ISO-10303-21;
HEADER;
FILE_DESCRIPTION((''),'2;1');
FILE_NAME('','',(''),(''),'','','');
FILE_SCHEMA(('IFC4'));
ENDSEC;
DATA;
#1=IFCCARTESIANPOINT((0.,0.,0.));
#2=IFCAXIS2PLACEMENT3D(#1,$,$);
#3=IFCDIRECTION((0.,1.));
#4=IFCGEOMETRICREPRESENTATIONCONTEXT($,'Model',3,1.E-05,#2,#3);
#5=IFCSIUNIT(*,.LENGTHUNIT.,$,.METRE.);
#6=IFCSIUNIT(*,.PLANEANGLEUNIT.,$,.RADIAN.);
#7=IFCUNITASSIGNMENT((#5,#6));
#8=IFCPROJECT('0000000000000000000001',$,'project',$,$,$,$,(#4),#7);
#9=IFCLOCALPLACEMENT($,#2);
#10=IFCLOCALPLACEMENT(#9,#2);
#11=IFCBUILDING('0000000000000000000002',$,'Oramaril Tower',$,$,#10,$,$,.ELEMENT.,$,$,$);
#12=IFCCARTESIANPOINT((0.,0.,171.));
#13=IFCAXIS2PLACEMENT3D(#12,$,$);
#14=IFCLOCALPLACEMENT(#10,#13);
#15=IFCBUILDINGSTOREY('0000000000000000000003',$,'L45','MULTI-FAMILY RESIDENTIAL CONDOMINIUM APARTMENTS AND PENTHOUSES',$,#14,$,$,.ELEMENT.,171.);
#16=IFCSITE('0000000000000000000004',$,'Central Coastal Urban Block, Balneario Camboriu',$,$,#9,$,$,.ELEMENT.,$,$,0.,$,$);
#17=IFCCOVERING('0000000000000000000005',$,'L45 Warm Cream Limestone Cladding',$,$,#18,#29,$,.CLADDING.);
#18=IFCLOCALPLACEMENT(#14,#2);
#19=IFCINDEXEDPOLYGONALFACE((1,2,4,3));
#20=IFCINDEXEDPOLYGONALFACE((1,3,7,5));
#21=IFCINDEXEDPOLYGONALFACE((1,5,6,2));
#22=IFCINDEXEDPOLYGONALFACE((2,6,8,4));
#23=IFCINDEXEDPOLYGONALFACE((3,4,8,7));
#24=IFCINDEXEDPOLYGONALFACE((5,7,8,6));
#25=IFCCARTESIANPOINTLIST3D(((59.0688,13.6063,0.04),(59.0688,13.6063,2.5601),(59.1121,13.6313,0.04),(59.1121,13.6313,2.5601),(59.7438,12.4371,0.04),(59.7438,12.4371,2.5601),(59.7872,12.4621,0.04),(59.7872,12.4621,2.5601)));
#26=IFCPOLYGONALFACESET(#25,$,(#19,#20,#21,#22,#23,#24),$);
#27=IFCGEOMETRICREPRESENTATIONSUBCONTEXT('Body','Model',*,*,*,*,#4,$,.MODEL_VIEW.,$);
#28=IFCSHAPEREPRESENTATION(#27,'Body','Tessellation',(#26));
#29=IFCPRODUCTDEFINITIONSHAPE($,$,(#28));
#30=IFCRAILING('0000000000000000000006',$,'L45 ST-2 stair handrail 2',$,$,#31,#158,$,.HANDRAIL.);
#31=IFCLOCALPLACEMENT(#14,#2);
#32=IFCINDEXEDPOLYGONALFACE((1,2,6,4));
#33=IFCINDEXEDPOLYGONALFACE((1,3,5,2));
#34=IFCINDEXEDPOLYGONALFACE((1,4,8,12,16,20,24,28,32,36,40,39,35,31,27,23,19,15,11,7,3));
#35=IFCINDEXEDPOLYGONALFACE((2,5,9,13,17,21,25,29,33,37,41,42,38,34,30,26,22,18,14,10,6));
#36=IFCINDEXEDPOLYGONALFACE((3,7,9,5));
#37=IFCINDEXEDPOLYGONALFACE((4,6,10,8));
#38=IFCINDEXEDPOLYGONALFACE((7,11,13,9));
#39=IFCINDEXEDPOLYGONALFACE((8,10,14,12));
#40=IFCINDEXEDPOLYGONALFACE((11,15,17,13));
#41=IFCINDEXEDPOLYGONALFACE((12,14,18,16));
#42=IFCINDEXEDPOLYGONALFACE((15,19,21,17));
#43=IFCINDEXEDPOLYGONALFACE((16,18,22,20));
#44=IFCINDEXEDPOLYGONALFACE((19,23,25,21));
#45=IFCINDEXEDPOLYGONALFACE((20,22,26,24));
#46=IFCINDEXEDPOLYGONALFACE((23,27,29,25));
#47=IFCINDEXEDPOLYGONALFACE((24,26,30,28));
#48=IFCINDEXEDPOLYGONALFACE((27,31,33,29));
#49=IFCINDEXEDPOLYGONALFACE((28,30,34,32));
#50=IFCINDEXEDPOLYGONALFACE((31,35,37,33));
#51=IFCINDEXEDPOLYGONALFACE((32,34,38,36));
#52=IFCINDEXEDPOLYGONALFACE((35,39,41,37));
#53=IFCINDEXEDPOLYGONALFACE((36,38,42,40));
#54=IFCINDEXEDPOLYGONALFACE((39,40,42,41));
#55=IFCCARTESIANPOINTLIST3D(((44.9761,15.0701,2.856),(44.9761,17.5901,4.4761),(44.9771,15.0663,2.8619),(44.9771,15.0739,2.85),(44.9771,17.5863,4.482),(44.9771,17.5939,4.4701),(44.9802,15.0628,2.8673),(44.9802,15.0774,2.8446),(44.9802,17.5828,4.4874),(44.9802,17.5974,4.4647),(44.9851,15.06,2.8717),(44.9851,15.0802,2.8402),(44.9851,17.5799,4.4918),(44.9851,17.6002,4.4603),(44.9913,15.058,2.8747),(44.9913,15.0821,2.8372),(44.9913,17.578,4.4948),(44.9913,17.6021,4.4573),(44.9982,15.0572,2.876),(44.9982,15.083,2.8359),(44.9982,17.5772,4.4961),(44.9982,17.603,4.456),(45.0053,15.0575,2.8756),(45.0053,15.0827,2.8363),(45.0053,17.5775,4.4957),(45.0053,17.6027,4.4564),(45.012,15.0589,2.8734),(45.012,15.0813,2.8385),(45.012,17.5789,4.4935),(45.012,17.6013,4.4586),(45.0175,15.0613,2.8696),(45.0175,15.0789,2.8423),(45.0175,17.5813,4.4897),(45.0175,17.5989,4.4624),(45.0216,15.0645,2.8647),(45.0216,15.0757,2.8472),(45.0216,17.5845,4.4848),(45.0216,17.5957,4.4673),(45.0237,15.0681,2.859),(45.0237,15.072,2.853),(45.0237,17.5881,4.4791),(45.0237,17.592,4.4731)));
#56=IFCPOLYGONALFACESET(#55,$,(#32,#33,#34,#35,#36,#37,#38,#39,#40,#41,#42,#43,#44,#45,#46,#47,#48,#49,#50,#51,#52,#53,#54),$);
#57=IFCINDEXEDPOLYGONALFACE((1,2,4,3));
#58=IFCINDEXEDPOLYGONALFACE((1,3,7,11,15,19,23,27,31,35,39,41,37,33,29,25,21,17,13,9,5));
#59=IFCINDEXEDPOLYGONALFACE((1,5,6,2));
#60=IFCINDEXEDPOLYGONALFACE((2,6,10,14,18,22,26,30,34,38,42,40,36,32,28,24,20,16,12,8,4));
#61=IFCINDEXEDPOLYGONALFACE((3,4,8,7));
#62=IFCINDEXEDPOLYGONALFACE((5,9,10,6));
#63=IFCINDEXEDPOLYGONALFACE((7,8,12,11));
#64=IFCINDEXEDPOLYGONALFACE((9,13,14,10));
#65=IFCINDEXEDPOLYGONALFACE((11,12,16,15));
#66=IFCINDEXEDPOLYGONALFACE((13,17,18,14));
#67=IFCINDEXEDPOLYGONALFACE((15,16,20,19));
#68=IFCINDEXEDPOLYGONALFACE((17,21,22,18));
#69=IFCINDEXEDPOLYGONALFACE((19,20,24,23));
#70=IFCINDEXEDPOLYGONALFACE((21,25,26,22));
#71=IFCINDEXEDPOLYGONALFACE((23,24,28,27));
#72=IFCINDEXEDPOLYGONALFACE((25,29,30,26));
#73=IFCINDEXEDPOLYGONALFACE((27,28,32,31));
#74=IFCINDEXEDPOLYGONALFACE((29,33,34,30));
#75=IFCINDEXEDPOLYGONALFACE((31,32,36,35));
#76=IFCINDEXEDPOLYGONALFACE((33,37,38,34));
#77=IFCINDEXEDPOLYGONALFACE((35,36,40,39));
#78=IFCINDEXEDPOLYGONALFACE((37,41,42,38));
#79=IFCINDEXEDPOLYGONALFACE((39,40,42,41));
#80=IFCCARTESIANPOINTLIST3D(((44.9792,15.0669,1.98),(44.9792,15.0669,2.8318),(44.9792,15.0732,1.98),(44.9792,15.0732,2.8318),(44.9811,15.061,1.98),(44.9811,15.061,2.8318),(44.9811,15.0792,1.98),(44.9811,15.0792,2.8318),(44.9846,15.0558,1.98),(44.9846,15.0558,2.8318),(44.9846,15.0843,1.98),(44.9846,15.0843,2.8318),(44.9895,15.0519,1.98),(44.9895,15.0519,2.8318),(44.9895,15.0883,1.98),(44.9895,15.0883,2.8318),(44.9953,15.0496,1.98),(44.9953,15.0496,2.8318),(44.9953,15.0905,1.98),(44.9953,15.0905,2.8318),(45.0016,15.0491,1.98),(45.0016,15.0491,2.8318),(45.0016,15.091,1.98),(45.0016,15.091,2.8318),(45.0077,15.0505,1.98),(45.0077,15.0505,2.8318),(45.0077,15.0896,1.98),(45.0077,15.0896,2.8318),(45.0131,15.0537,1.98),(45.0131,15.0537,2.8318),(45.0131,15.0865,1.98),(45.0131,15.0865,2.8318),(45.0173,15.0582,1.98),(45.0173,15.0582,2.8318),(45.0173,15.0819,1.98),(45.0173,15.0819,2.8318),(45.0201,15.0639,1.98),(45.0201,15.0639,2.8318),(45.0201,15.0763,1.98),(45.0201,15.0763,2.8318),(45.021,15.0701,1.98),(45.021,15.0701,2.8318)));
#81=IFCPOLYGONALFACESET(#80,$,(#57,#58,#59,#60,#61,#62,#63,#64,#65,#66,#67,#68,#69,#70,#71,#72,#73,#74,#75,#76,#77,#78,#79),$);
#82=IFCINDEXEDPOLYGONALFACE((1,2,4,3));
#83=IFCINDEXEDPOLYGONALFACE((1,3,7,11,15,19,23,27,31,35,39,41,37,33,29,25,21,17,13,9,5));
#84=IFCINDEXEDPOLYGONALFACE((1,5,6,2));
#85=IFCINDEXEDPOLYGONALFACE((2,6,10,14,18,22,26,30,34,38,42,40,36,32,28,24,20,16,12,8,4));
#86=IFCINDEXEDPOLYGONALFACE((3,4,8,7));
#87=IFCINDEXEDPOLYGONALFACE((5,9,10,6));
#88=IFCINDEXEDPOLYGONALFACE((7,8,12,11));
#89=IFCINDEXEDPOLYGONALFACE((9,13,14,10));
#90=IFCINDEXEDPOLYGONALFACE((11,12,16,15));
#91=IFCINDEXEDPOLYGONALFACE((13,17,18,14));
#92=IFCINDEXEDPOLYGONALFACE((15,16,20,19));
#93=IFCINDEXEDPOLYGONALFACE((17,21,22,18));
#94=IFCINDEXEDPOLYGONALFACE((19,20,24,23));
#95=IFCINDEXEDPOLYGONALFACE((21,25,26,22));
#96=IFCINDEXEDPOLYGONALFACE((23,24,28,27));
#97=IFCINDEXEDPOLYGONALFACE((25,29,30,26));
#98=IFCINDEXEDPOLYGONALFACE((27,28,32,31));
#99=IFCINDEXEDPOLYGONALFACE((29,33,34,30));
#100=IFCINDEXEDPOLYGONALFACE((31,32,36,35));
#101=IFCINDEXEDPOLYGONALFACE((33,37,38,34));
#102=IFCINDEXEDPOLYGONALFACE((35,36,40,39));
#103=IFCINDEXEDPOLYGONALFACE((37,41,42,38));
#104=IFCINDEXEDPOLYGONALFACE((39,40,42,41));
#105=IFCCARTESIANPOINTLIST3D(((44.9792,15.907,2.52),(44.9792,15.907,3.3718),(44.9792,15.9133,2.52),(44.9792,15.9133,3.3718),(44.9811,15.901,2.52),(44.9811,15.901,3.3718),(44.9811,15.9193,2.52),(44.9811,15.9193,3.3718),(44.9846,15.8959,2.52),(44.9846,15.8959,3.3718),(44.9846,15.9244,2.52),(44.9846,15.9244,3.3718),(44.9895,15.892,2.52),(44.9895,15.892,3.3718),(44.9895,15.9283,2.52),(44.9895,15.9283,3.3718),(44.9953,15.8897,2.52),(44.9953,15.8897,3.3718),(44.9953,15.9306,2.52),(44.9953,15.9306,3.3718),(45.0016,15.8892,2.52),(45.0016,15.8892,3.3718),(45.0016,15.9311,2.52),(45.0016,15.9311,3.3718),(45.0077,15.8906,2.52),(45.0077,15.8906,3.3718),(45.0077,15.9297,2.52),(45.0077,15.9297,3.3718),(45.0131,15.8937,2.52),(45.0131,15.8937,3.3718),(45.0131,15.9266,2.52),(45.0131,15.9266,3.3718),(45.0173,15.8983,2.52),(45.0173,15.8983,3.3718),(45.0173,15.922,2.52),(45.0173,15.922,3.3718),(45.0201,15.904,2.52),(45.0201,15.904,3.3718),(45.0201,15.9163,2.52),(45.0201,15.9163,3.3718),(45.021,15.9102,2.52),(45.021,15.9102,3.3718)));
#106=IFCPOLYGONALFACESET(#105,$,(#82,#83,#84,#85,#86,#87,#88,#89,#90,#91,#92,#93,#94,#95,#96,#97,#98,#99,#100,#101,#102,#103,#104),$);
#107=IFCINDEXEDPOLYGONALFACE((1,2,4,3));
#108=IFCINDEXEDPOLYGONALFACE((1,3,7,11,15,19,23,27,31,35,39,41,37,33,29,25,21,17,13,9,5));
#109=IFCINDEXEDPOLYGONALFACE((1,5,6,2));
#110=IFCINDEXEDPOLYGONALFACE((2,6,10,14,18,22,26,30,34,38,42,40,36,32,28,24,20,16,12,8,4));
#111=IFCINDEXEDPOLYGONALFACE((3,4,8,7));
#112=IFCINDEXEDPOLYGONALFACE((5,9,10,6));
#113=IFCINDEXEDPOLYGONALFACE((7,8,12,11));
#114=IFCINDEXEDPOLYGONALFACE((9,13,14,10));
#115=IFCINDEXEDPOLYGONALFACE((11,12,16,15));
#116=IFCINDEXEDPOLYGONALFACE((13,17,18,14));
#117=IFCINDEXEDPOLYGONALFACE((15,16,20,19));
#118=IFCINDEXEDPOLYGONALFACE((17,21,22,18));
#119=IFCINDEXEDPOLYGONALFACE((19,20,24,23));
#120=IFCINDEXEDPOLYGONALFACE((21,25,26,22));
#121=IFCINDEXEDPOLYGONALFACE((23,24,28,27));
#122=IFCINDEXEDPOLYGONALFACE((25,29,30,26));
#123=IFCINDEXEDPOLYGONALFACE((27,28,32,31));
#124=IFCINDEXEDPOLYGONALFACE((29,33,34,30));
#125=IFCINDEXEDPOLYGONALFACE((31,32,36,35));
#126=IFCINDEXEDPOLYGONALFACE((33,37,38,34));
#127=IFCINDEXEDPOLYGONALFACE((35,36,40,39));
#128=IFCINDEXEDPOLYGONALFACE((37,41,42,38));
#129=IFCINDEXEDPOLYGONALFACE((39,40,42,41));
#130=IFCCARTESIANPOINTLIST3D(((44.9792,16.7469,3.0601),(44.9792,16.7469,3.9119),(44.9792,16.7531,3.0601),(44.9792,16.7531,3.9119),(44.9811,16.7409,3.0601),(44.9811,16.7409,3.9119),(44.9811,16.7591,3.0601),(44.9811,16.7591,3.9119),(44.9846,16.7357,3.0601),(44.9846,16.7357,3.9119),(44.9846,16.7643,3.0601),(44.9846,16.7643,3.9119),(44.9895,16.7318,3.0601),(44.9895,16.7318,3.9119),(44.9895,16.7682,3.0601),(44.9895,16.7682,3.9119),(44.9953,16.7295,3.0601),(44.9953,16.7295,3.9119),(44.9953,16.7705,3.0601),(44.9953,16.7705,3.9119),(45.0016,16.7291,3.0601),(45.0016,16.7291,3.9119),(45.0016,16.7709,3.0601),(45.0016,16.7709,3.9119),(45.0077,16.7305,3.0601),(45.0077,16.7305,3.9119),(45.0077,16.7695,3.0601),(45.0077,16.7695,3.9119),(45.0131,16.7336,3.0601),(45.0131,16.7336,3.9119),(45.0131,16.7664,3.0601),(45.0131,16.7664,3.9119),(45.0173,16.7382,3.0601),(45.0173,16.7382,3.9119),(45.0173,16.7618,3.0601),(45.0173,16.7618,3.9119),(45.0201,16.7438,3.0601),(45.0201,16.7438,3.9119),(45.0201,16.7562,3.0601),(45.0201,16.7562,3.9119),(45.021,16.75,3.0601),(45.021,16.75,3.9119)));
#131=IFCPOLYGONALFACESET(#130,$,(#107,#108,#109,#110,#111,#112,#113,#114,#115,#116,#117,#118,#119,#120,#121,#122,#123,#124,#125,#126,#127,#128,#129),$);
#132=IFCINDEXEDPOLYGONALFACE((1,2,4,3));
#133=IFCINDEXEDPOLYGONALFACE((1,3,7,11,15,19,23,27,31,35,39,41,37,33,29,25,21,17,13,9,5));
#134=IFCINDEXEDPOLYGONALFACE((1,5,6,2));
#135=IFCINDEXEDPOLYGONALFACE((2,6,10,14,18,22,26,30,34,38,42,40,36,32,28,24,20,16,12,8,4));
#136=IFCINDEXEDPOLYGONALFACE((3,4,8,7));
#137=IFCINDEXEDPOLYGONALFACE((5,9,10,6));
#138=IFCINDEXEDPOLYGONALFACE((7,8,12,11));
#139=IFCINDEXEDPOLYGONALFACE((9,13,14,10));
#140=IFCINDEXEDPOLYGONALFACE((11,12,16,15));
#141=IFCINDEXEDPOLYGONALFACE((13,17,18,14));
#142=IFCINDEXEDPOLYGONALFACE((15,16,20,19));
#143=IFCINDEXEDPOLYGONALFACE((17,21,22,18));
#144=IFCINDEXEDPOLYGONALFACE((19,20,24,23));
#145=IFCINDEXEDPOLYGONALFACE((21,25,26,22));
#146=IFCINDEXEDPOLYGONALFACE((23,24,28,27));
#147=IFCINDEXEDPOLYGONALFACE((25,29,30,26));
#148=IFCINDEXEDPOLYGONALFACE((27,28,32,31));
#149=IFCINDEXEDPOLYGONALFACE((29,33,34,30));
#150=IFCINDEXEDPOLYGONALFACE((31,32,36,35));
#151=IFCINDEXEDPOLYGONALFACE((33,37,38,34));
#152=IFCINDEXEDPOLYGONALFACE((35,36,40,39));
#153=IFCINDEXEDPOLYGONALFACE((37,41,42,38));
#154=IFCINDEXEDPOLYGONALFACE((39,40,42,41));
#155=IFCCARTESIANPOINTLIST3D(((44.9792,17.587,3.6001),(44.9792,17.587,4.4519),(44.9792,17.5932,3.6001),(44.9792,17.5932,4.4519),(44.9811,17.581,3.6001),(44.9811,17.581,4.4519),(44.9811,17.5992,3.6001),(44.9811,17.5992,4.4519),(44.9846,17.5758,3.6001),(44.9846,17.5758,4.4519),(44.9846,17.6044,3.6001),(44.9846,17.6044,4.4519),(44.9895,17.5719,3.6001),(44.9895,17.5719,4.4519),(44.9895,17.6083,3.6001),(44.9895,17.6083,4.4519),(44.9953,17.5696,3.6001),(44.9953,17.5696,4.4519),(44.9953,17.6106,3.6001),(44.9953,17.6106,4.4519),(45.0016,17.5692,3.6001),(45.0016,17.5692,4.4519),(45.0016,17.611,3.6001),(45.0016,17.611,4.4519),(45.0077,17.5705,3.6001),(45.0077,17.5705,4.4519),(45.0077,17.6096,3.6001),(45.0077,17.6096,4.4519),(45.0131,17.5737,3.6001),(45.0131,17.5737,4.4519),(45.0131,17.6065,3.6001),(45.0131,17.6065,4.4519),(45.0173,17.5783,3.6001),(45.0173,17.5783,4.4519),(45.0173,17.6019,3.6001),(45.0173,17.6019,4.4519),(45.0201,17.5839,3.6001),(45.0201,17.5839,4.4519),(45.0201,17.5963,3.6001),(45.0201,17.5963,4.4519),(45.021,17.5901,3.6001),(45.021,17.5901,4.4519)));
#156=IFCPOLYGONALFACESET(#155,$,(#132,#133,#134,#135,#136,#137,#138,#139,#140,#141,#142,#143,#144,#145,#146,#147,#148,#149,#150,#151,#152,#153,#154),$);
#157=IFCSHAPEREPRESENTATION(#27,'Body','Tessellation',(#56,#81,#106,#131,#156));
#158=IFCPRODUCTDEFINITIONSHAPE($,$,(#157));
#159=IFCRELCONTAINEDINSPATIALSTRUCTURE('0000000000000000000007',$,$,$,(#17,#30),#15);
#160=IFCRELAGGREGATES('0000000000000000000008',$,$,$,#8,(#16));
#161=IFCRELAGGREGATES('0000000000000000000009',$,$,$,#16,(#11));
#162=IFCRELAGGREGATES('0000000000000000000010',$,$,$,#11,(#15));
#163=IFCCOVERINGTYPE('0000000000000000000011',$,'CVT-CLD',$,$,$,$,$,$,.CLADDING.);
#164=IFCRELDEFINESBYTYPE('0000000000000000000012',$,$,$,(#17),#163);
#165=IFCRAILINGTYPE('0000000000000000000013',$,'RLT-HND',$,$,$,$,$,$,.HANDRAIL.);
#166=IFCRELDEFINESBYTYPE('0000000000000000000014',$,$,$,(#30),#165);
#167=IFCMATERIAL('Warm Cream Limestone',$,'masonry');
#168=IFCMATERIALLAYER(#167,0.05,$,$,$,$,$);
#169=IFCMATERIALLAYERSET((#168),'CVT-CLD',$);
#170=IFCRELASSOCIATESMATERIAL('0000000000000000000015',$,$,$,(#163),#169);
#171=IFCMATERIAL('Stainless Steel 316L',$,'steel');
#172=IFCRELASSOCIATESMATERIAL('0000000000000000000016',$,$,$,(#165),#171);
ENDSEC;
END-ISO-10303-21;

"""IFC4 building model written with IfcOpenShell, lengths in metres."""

from ifc_helpers import new_model, si_unit, direction, frame, origin, origin_2d, place, context, subcontext, project, spatial, rectangle, circle, extrude, material, layer, layer_set, type_object, element, save


model = new_model("IFC4")

# Units and contexts
model_context = context("Model", 3, precision=1e-05, world=origin(), true_north=direction((0.0, 1.0)))
body_context = subcontext(model_context, "Body", "Model", "MODEL_VIEW")
ifc_project = project(units=[si_unit("LENGTHUNIT", "METRE"), si_unit("PLANEANGLEUNIT", "RADIAN")], contexts=[model_context])

# Site, building, storey
site_placement = place(None, origin())
site = spatial("IfcSite", under=ifc_project, at=site_placement, Name="Central Coastal Urban Block, Balneario Camboriu", CompositionType="ELEMENT", RefElevation=0.0)
building_placement = place(site_placement, origin())
building = spatial("IfcBuilding", under=site, at=building_placement, Name="Oramaril Tower", CompositionType="ELEMENT")
storey_placement = place(building_placement, frame((0.0, 0.0, 171.0)))
storey = spatial("IfcBuildingStorey", under=building, at=storey_placement, Name="L45", Description="MULTI-FAMILY RESIDENTIAL CONDOMINIUM APARTMENTS AND PENTHOUSES", CompositionType="ELEMENT", Elevation=171.0)

# Covering
ifc_material_1 = material(Name="Warm Cream Limestone", Category="masonry")
ifc_layer_1 = layer(ifc_material_1, 0.05)
ifc_layer_set_1 = layer_set([ifc_layer_1], Name="CVT-CLD")
covering_type = type_object("IfcCoveringType", Name="CVT-CLD", PredefinedType="CLADDING", material=ifc_layer_set_1)
covering_1_placement = place(storey_placement, frame((59.428, 13.0342, 0.04), z_axis=(0.0, 0.0, 1.0), x_axis=(-0.5, 0.866025, 0.0)))
element("IfcCovering", 1, at=covering_1_placement, inside=storey, type_object=covering_type, Name="L45 Warm Cream Limestone Cladding", PredefinedType="CLADDING", context=body_context, shape_type="SweptSolid", body=[
    extrude(rectangle(XDim=1.3501, YDim=0.05, at=origin_2d()), origin(), (0.0, 0.0, 1.0), 2.52),
])

# Railing
ifc_material_2 = material(Name="Stainless Steel 316L", Category="steel")
railing_type = type_object("IfcRailingType", Name="RLT-HND", PredefinedType="HANDRAIL", material=ifc_material_2)
railing_placement = place(storey_placement, frame((45.0, 15.0701, 1.98)))
element("IfcRailing", 2, at=railing_placement, inside=storey, type_object=railing_type, Name="L45 ST-2 stair handrail 2", PredefinedType="HANDRAIL", context=body_context, shape_type="SweptSolid", body=[
    extrude(circle(Radius=0.0239, at=origin_2d()), frame((0.0, 0.0, 0.876), z_axis=(0.0, 0.841163, 0.540782), x_axis=(-1.0, 0.0, 0.0)), (0.0, 0.0, 1.0), 2.9958),
    extrude(circle(Radius=0.021, at=origin_2d()), origin(), (0.0, 0.0, 1.0), 0.8518),
    extrude(circle(Radius=0.021, at=origin_2d()), frame((0.0, 0.8401, 0.54)), (0.0, 0.0, 1.0), 0.8518),
    extrude(circle(Radius=0.021, at=origin_2d()), frame((0.0, 1.6799, 1.0801)), (0.0, 0.0, 1.0), 0.8518),
    extrude(circle(Radius=0.021, at=origin_2d()), frame((0.0, 2.52, 1.6201)), (0.0, 0.0, 1.0), 0.8518),
])

save(model, "model.ifc")
